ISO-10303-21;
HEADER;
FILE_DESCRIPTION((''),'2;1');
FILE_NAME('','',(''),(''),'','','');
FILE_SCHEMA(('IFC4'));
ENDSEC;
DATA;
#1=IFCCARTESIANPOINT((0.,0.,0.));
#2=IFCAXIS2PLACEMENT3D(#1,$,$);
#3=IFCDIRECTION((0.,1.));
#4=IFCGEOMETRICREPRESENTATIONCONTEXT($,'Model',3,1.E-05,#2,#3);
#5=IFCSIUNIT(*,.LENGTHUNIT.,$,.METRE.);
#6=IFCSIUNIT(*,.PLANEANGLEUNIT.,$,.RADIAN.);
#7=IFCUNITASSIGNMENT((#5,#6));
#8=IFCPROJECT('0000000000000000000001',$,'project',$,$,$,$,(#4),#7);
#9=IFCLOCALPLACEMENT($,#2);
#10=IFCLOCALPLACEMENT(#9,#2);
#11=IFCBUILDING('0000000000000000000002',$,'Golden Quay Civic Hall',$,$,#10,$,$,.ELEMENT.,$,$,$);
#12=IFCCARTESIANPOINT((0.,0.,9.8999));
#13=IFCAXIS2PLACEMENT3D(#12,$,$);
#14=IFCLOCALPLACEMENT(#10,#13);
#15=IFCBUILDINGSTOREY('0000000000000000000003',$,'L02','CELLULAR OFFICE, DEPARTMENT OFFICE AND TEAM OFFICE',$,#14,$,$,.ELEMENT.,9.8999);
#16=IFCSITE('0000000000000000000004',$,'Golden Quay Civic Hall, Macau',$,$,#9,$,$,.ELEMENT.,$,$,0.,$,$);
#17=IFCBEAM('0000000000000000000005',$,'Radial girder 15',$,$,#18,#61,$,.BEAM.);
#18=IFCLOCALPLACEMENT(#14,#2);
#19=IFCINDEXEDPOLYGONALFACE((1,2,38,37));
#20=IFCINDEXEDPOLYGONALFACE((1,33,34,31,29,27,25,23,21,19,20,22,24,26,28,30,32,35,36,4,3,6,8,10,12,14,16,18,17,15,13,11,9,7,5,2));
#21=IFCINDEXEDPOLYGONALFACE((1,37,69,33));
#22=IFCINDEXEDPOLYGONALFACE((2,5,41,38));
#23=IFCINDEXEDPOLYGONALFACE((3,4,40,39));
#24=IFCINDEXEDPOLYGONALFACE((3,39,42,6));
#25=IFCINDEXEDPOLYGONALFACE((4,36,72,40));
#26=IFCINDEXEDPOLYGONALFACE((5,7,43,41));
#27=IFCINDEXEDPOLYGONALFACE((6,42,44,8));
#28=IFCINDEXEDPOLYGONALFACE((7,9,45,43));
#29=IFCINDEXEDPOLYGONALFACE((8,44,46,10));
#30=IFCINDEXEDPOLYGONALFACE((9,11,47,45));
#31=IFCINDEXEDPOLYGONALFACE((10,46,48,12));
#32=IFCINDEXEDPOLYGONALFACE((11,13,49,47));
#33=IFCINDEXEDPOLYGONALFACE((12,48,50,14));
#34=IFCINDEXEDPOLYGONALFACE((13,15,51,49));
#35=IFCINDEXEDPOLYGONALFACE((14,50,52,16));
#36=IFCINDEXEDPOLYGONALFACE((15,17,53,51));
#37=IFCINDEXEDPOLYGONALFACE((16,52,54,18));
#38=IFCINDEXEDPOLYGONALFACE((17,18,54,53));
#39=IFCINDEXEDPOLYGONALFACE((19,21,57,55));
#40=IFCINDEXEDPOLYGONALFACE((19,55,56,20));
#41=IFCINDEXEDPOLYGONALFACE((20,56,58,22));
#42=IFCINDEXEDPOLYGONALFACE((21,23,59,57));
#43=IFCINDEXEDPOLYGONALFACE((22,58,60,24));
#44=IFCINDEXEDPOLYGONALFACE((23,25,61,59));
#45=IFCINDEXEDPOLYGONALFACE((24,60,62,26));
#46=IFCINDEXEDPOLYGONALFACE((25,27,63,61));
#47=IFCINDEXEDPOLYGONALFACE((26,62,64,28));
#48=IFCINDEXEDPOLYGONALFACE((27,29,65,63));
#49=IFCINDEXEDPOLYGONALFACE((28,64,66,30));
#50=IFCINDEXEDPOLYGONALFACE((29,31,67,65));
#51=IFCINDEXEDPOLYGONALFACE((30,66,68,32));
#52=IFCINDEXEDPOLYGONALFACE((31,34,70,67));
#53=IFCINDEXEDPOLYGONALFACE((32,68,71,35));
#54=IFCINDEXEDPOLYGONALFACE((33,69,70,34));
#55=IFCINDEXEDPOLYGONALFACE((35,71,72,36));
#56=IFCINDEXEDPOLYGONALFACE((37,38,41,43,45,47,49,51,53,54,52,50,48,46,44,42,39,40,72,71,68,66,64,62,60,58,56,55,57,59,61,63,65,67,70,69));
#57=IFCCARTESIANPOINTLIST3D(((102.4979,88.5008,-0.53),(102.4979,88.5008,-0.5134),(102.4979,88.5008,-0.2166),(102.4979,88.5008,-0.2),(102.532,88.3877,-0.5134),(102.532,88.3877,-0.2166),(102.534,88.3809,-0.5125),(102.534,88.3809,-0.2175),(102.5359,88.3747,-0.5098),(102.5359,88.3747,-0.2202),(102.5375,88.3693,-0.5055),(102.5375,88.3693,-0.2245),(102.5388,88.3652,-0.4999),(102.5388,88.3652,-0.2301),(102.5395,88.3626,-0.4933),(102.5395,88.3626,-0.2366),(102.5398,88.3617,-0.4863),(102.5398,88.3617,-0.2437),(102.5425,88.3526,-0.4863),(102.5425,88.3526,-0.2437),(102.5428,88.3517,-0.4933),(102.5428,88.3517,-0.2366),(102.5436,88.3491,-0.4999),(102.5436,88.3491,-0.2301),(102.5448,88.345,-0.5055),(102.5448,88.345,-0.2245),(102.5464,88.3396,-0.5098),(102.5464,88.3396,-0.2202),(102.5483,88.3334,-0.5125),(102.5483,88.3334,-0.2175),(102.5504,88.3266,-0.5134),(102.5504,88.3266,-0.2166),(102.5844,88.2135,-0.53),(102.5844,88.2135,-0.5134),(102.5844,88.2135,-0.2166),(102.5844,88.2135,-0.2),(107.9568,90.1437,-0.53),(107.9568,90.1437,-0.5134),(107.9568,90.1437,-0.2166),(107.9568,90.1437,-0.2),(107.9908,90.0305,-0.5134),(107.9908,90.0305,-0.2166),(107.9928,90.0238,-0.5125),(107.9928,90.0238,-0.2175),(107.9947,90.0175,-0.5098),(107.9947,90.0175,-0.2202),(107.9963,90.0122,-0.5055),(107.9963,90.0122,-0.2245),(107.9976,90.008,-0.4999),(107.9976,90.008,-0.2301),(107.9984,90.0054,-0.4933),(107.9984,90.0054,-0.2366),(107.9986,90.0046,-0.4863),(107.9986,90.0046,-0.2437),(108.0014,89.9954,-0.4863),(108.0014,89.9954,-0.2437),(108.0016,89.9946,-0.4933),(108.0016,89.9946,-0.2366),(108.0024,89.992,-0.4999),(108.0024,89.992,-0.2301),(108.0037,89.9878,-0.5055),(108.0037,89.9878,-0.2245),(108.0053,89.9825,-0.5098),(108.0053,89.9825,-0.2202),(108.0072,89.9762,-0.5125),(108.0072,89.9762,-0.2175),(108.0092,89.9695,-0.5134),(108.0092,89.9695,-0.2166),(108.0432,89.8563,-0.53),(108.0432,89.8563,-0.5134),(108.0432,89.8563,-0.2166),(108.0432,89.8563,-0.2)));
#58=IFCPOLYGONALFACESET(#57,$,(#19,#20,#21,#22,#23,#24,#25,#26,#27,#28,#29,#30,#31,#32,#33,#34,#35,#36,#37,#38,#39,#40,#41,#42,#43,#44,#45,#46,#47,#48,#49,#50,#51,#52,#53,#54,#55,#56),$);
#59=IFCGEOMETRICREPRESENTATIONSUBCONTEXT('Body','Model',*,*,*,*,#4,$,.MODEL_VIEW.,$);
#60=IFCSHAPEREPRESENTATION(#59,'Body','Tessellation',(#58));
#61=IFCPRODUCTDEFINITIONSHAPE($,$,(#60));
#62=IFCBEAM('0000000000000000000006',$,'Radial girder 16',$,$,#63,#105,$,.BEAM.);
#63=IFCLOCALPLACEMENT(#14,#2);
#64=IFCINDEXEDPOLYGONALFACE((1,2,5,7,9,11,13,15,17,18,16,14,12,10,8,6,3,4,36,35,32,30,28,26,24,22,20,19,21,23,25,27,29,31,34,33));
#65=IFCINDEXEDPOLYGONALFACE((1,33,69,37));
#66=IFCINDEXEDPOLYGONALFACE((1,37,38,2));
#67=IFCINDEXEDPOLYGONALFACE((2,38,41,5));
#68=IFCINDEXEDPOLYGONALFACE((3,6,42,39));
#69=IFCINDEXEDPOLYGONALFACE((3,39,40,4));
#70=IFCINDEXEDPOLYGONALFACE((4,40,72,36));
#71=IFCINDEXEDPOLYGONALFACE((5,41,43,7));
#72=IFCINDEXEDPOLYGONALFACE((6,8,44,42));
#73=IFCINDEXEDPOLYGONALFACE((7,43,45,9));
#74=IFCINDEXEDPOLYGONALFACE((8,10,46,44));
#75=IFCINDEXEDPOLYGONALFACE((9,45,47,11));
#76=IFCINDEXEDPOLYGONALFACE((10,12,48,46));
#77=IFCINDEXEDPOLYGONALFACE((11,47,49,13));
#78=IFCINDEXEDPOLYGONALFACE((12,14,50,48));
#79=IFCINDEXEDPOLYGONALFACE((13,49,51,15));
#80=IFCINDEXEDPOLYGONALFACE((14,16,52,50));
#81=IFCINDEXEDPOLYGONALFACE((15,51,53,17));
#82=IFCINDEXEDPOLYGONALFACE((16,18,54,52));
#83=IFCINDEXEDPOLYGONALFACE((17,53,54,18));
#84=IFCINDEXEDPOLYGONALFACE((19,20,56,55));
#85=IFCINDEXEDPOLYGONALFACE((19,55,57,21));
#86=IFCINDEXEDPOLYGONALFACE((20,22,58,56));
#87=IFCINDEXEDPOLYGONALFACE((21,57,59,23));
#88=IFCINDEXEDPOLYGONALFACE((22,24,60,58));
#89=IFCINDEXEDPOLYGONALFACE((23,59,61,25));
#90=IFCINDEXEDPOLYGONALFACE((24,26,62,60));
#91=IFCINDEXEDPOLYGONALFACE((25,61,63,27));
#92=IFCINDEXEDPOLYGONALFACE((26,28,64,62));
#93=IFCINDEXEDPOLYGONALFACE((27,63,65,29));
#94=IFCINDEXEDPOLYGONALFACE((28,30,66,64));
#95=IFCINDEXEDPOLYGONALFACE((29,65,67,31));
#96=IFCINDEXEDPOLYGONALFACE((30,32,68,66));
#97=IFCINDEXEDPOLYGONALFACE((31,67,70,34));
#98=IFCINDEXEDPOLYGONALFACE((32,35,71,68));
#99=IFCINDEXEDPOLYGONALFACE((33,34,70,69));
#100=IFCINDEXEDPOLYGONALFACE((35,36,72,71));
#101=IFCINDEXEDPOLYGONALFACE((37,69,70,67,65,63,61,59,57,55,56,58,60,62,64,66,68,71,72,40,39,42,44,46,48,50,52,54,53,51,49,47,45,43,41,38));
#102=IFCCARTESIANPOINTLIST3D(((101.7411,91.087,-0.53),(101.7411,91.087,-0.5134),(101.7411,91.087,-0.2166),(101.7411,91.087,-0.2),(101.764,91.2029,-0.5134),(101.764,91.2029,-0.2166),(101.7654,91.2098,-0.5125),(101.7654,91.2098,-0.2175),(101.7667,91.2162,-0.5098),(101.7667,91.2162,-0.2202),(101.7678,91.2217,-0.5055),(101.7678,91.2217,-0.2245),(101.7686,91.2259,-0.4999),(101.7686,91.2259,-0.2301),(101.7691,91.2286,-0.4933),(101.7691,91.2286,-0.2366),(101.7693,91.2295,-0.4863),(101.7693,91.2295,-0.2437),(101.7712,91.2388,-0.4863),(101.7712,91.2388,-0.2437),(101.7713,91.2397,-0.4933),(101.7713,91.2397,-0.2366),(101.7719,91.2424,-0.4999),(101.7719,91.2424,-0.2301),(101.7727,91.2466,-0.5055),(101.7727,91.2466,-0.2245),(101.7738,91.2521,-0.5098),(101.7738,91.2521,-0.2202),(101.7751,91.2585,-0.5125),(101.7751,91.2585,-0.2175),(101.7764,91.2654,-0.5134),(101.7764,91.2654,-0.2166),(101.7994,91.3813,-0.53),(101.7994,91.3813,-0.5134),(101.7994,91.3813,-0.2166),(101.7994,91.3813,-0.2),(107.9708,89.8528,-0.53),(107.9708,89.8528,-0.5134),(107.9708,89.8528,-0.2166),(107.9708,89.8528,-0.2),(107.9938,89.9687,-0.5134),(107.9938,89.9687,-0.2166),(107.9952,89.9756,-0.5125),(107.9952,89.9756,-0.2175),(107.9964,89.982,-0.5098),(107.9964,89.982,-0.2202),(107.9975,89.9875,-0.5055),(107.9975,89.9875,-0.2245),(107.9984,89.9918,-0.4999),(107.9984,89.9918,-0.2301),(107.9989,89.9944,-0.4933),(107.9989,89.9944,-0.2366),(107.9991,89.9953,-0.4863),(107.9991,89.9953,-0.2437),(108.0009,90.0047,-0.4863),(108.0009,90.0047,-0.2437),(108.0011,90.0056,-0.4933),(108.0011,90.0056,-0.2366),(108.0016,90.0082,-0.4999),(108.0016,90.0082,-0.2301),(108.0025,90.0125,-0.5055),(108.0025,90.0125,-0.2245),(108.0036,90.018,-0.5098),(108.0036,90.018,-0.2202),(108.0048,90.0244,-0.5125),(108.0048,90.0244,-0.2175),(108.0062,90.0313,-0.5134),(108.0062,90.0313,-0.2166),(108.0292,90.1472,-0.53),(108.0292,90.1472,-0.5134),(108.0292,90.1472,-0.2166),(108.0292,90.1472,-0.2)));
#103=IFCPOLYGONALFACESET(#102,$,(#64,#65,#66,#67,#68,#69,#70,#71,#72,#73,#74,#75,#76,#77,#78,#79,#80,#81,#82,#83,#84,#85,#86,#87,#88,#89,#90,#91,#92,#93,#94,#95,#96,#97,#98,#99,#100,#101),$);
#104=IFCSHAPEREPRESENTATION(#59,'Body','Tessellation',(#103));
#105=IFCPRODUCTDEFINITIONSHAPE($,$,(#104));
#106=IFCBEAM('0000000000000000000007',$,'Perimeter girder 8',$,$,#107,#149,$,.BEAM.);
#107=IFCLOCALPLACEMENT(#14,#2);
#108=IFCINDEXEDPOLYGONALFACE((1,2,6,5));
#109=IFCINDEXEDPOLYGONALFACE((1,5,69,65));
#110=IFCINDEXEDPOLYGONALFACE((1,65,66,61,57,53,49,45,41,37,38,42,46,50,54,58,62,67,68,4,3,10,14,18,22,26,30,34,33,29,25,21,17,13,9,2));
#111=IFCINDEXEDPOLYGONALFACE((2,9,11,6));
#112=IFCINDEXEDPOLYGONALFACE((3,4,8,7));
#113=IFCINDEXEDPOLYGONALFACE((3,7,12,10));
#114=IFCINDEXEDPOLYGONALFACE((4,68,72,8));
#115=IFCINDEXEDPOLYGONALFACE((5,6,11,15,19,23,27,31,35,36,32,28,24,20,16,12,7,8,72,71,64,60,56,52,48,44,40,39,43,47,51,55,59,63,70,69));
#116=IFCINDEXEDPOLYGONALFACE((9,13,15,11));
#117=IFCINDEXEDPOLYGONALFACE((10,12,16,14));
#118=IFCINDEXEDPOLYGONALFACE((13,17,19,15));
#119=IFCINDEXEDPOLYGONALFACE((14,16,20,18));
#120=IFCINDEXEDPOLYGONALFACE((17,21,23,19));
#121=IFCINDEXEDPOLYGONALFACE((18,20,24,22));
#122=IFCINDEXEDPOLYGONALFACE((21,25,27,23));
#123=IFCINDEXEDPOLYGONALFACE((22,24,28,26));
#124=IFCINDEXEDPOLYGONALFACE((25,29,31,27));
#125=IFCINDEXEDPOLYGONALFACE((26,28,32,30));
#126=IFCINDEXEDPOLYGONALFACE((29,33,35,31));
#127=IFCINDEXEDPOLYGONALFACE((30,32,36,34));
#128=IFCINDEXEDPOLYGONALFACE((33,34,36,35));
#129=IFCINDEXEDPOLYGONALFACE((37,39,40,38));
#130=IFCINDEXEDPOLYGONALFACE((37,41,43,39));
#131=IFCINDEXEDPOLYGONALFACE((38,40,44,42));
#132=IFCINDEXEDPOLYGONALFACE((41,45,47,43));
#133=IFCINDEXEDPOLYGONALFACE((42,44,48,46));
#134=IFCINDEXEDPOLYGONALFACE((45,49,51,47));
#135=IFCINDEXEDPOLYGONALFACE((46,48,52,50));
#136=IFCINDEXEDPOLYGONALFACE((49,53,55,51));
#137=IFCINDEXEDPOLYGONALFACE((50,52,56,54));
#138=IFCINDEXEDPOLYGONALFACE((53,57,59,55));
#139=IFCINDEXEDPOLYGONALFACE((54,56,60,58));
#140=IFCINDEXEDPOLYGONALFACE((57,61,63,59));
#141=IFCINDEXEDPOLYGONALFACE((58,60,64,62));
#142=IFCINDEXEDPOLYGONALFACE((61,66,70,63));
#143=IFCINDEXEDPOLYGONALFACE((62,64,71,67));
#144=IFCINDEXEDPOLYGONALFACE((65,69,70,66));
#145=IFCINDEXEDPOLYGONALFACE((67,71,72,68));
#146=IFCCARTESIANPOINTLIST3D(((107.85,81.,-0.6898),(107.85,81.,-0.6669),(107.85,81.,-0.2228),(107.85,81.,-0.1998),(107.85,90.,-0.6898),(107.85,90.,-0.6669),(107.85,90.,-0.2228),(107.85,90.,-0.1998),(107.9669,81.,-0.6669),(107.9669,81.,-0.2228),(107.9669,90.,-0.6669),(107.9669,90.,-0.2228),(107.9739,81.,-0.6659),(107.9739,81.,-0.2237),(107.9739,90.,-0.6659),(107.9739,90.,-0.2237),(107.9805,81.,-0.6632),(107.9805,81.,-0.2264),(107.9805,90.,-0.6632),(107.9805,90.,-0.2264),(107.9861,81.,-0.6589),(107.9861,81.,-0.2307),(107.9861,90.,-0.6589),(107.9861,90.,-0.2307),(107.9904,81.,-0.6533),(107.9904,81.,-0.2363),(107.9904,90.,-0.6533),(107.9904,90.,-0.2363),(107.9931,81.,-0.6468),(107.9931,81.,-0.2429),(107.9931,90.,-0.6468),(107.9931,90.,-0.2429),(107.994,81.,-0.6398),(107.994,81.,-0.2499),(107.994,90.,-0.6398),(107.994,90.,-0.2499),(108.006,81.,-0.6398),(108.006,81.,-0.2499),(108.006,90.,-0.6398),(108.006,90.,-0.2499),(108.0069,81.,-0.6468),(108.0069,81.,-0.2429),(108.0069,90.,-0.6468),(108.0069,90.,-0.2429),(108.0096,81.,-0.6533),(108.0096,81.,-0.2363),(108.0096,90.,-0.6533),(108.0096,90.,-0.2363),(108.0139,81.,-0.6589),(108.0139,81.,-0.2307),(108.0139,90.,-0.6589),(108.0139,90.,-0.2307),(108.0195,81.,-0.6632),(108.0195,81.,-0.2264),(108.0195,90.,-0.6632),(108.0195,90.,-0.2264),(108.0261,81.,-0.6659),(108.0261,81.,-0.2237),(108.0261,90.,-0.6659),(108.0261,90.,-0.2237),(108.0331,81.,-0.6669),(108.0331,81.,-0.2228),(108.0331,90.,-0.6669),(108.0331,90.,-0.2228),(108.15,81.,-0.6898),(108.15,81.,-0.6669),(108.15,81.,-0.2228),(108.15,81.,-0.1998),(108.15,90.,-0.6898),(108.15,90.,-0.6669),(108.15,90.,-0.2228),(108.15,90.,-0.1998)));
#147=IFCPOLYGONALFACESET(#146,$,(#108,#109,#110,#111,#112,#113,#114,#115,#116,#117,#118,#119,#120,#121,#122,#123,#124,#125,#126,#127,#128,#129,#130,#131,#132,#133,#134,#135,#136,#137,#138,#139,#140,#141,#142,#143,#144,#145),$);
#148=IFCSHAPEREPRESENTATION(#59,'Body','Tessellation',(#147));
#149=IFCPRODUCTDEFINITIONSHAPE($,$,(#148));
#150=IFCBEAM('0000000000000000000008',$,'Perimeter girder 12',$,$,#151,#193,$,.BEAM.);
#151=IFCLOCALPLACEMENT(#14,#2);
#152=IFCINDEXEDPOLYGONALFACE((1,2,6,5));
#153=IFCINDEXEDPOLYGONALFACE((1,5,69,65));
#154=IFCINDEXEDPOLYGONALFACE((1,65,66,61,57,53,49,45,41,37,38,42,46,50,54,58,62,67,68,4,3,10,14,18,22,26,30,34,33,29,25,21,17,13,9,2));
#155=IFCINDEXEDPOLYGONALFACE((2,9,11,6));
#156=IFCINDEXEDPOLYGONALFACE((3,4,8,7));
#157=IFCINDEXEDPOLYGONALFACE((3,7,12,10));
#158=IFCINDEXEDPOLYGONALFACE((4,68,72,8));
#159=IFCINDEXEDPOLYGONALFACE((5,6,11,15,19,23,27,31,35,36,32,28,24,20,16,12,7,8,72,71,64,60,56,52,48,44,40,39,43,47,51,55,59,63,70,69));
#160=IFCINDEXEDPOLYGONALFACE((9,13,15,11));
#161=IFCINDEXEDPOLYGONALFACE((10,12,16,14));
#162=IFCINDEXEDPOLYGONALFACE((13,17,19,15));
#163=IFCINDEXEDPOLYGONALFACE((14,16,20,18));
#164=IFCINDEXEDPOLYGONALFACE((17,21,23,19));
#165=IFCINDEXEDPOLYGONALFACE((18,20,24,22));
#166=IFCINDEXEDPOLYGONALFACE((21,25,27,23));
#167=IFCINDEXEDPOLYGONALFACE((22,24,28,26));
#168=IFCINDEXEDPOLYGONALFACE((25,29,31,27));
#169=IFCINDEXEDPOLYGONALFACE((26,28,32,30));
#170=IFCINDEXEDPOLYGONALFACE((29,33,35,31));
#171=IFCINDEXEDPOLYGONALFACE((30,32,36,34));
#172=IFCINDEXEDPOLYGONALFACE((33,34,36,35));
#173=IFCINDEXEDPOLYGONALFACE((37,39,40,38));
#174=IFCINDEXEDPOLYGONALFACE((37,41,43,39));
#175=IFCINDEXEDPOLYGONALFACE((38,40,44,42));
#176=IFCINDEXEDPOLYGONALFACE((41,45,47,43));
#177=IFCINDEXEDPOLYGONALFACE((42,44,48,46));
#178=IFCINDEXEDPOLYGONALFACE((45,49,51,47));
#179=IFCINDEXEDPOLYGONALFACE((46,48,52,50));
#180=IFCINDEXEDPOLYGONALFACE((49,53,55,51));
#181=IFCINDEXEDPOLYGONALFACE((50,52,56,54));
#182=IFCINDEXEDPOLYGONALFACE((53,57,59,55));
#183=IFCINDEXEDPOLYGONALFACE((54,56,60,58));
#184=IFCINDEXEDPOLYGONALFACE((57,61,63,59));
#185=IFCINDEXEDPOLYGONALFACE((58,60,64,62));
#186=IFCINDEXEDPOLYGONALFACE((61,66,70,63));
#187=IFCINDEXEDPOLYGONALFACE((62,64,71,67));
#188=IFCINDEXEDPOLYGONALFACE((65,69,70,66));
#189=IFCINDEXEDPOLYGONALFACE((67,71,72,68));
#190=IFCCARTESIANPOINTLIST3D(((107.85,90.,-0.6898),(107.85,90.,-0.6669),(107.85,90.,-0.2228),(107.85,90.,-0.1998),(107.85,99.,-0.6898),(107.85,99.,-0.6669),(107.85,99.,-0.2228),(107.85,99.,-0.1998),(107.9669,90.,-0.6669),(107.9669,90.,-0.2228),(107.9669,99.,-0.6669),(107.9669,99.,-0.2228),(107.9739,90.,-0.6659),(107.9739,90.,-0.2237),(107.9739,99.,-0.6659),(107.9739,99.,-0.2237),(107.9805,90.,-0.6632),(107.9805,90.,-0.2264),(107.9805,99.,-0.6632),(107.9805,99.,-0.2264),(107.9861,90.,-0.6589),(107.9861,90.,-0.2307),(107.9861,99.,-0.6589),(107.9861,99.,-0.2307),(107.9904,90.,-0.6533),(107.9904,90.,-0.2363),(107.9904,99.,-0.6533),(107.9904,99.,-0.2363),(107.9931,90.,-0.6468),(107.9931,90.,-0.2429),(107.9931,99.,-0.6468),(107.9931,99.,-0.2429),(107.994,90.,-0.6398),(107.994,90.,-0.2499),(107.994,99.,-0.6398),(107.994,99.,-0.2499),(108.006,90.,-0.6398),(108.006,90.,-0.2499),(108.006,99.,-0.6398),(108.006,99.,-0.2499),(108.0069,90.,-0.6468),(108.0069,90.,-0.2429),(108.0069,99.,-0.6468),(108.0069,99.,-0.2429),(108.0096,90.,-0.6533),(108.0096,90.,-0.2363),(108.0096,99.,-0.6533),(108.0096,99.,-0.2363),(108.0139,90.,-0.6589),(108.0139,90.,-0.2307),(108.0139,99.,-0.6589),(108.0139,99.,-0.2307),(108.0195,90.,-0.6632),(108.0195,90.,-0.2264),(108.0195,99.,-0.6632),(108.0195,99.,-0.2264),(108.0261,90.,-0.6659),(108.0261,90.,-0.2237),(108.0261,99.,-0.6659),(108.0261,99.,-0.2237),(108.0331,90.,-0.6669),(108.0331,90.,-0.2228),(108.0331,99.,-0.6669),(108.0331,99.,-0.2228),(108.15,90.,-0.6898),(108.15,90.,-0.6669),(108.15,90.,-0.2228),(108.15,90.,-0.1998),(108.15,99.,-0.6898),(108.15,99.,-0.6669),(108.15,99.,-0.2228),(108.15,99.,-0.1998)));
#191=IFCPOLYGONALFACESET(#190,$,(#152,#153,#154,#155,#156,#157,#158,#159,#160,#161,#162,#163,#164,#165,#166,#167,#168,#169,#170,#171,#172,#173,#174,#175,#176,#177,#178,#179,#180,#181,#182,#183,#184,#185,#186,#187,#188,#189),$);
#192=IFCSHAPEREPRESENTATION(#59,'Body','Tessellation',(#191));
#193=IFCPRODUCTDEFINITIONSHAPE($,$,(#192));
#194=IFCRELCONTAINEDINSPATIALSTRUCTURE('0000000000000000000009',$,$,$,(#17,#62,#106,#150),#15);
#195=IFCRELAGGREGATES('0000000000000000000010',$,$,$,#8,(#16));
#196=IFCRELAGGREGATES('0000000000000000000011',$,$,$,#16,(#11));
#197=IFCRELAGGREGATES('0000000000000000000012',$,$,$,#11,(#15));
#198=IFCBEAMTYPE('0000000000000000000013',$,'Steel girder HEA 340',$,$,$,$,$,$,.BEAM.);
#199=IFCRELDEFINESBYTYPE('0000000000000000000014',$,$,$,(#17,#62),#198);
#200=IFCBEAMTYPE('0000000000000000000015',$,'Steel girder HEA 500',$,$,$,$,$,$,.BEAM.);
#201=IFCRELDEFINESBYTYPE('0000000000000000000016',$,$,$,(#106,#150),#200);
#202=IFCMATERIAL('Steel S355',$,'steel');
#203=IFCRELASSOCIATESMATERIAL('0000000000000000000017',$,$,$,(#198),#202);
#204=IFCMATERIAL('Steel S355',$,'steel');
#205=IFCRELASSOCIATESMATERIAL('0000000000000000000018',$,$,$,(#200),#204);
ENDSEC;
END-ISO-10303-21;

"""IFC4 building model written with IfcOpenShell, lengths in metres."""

from ifc_helpers import new_model, si_unit, direction, frame, origin, origin_2d, place, context, subcontext, project, spatial, i_section, extrude, material, material_profile, profile_set, type_object, element, save


model = new_model("IFC4")

# Units and contexts
model_context = context("Model", 3, precision=1e-05, world=origin(), true_north=direction((0.0, 1.0)))
body_context = subcontext(model_context, "Body", "Model", "MODEL_VIEW")
ifc_project = project(units=[si_unit("LENGTHUNIT", "METRE"), si_unit("PLANEANGLEUNIT", "RADIAN")], contexts=[model_context])

# Site, building, storey
site_placement = place(None, origin())
site = spatial("IfcSite", under=ifc_project, at=site_placement, Name="Golden Quay Civic Hall, Macau", CompositionType="ELEMENT", RefElevation=0.0)
building_placement = place(site_placement, origin())
building = spatial("IfcBuilding", under=site, at=building_placement, Name="Golden Quay Civic Hall", CompositionType="ELEMENT")
storey_placement = place(building_placement, frame((0.0, 0.0, 9.8999)))
storey = spatial("IfcBuildingStorey", under=building, at=storey_placement, Name="L02", Description="CELLULAR OFFICE, DEPARTMENT OFFICE AND TEAM OFFICE", CompositionType="ELEMENT", Elevation=9.8999)

# Beams
ifc_material_1 = material(Name="Steel S355", Category="steel")
ifc_material_profile_1 = material_profile(ifc_material_1, i_section(OverallWidth=0.3, OverallDepth=0.3301, WebThickness=0.0095, FlangeThickness=0.0166, FilletRadius=0.0271, at=origin_2d()), Name="HEA 340")
ifc_profile_set_1 = profile_set([ifc_material_profile_1], Name="Steel S355")
beam_type_1 = type_object("IfcBeamType", Name="Steel girder HEA 340", PredefinedType="BEAM", material=ifc_profile_set_1)
beam_1_placement = place(storey_placement, frame((108.0, 90.0, -0.365), z_axis=(-0.957575, -0.288185, 0.0), x_axis=(0.288185, -0.957575, 0.0)))
element("IfcBeam", 1, at=beam_1_placement, inside=storey, type_object=beam_type_1, Name="Radial girder 15", PredefinedType="BEAM", context=body_context, shape_type="SweptSolid", body=[
    extrude(i_section(OverallWidth=0.3, OverallDepth=0.3301, WebThickness=0.0095, FlangeThickness=0.0166, FilletRadius=0.0271, at=origin_2d()), origin(), (0.0, 0.0, 1.0), 5.7007),
])
beam_2_placement = place(storey_placement, frame((108.0, 90.0, -0.365), z_axis=(-0.980937, 0.194327, 0.0), x_axis=(-0.194327, -0.980937, 0.0)))
element("IfcBeam", 2, at=beam_2_placement, inside=storey, type_object=beam_type_1, Name="Radial girder 16", PredefinedType="BEAM", context=body_context, shape_type="SweptSolid", body=[
    extrude(i_section(OverallWidth=0.3, OverallDepth=0.3301, WebThickness=0.0095, FlangeThickness=0.0166, FilletRadius=0.0271, at=origin_2d()), origin(), (0.0, 0.0, 1.0), 6.3508),
])
ifc_material_2 = material(Name="Steel S355", Category="steel")
ifc_material_profile_2 = material_profile(ifc_material_2, i_section(OverallWidth=0.3, OverallDepth=0.49, WebThickness=0.012, FlangeThickness=0.0229, FilletRadius=0.0271, at=origin_2d()), Name="HEA 500")
ifc_profile_set_2 = profile_set([ifc_material_profile_2], Name="Steel S355")
beam_type_2 = type_object("IfcBeamType", Name="Steel girder HEA 500", PredefinedType="BEAM", material=ifc_profile_set_2)
for number, where, z_axis, x_axis, name in (
    (3, (108.0, 81.0, -0.4448), (0.0, 1.0, 0.0), (-1.0, 0.0, 0.0), "Perimeter girder 8"),
    (4, (108.0, 90.0, -0.4448), (0.0, 1.0, 0.0), (-1.0, 0.0, 0.0), "Perimeter girder 12"),
):
    element("IfcBeam", number, at=place(storey_placement, frame(where, z_axis=z_axis, x_axis=x_axis)), inside=storey, type_object=beam_type_2, Name=name, PredefinedType="BEAM", context=body_context, shape_type="SweptSolid", body=[
        extrude(i_section(OverallWidth=0.3, OverallDepth=0.49, WebThickness=0.012, FlangeThickness=0.0229, FilletRadius=0.0271, at=origin_2d()), origin(), (0.0, 0.0, 1.0), 9.0),
    ])

save(model, "model.ifc")
